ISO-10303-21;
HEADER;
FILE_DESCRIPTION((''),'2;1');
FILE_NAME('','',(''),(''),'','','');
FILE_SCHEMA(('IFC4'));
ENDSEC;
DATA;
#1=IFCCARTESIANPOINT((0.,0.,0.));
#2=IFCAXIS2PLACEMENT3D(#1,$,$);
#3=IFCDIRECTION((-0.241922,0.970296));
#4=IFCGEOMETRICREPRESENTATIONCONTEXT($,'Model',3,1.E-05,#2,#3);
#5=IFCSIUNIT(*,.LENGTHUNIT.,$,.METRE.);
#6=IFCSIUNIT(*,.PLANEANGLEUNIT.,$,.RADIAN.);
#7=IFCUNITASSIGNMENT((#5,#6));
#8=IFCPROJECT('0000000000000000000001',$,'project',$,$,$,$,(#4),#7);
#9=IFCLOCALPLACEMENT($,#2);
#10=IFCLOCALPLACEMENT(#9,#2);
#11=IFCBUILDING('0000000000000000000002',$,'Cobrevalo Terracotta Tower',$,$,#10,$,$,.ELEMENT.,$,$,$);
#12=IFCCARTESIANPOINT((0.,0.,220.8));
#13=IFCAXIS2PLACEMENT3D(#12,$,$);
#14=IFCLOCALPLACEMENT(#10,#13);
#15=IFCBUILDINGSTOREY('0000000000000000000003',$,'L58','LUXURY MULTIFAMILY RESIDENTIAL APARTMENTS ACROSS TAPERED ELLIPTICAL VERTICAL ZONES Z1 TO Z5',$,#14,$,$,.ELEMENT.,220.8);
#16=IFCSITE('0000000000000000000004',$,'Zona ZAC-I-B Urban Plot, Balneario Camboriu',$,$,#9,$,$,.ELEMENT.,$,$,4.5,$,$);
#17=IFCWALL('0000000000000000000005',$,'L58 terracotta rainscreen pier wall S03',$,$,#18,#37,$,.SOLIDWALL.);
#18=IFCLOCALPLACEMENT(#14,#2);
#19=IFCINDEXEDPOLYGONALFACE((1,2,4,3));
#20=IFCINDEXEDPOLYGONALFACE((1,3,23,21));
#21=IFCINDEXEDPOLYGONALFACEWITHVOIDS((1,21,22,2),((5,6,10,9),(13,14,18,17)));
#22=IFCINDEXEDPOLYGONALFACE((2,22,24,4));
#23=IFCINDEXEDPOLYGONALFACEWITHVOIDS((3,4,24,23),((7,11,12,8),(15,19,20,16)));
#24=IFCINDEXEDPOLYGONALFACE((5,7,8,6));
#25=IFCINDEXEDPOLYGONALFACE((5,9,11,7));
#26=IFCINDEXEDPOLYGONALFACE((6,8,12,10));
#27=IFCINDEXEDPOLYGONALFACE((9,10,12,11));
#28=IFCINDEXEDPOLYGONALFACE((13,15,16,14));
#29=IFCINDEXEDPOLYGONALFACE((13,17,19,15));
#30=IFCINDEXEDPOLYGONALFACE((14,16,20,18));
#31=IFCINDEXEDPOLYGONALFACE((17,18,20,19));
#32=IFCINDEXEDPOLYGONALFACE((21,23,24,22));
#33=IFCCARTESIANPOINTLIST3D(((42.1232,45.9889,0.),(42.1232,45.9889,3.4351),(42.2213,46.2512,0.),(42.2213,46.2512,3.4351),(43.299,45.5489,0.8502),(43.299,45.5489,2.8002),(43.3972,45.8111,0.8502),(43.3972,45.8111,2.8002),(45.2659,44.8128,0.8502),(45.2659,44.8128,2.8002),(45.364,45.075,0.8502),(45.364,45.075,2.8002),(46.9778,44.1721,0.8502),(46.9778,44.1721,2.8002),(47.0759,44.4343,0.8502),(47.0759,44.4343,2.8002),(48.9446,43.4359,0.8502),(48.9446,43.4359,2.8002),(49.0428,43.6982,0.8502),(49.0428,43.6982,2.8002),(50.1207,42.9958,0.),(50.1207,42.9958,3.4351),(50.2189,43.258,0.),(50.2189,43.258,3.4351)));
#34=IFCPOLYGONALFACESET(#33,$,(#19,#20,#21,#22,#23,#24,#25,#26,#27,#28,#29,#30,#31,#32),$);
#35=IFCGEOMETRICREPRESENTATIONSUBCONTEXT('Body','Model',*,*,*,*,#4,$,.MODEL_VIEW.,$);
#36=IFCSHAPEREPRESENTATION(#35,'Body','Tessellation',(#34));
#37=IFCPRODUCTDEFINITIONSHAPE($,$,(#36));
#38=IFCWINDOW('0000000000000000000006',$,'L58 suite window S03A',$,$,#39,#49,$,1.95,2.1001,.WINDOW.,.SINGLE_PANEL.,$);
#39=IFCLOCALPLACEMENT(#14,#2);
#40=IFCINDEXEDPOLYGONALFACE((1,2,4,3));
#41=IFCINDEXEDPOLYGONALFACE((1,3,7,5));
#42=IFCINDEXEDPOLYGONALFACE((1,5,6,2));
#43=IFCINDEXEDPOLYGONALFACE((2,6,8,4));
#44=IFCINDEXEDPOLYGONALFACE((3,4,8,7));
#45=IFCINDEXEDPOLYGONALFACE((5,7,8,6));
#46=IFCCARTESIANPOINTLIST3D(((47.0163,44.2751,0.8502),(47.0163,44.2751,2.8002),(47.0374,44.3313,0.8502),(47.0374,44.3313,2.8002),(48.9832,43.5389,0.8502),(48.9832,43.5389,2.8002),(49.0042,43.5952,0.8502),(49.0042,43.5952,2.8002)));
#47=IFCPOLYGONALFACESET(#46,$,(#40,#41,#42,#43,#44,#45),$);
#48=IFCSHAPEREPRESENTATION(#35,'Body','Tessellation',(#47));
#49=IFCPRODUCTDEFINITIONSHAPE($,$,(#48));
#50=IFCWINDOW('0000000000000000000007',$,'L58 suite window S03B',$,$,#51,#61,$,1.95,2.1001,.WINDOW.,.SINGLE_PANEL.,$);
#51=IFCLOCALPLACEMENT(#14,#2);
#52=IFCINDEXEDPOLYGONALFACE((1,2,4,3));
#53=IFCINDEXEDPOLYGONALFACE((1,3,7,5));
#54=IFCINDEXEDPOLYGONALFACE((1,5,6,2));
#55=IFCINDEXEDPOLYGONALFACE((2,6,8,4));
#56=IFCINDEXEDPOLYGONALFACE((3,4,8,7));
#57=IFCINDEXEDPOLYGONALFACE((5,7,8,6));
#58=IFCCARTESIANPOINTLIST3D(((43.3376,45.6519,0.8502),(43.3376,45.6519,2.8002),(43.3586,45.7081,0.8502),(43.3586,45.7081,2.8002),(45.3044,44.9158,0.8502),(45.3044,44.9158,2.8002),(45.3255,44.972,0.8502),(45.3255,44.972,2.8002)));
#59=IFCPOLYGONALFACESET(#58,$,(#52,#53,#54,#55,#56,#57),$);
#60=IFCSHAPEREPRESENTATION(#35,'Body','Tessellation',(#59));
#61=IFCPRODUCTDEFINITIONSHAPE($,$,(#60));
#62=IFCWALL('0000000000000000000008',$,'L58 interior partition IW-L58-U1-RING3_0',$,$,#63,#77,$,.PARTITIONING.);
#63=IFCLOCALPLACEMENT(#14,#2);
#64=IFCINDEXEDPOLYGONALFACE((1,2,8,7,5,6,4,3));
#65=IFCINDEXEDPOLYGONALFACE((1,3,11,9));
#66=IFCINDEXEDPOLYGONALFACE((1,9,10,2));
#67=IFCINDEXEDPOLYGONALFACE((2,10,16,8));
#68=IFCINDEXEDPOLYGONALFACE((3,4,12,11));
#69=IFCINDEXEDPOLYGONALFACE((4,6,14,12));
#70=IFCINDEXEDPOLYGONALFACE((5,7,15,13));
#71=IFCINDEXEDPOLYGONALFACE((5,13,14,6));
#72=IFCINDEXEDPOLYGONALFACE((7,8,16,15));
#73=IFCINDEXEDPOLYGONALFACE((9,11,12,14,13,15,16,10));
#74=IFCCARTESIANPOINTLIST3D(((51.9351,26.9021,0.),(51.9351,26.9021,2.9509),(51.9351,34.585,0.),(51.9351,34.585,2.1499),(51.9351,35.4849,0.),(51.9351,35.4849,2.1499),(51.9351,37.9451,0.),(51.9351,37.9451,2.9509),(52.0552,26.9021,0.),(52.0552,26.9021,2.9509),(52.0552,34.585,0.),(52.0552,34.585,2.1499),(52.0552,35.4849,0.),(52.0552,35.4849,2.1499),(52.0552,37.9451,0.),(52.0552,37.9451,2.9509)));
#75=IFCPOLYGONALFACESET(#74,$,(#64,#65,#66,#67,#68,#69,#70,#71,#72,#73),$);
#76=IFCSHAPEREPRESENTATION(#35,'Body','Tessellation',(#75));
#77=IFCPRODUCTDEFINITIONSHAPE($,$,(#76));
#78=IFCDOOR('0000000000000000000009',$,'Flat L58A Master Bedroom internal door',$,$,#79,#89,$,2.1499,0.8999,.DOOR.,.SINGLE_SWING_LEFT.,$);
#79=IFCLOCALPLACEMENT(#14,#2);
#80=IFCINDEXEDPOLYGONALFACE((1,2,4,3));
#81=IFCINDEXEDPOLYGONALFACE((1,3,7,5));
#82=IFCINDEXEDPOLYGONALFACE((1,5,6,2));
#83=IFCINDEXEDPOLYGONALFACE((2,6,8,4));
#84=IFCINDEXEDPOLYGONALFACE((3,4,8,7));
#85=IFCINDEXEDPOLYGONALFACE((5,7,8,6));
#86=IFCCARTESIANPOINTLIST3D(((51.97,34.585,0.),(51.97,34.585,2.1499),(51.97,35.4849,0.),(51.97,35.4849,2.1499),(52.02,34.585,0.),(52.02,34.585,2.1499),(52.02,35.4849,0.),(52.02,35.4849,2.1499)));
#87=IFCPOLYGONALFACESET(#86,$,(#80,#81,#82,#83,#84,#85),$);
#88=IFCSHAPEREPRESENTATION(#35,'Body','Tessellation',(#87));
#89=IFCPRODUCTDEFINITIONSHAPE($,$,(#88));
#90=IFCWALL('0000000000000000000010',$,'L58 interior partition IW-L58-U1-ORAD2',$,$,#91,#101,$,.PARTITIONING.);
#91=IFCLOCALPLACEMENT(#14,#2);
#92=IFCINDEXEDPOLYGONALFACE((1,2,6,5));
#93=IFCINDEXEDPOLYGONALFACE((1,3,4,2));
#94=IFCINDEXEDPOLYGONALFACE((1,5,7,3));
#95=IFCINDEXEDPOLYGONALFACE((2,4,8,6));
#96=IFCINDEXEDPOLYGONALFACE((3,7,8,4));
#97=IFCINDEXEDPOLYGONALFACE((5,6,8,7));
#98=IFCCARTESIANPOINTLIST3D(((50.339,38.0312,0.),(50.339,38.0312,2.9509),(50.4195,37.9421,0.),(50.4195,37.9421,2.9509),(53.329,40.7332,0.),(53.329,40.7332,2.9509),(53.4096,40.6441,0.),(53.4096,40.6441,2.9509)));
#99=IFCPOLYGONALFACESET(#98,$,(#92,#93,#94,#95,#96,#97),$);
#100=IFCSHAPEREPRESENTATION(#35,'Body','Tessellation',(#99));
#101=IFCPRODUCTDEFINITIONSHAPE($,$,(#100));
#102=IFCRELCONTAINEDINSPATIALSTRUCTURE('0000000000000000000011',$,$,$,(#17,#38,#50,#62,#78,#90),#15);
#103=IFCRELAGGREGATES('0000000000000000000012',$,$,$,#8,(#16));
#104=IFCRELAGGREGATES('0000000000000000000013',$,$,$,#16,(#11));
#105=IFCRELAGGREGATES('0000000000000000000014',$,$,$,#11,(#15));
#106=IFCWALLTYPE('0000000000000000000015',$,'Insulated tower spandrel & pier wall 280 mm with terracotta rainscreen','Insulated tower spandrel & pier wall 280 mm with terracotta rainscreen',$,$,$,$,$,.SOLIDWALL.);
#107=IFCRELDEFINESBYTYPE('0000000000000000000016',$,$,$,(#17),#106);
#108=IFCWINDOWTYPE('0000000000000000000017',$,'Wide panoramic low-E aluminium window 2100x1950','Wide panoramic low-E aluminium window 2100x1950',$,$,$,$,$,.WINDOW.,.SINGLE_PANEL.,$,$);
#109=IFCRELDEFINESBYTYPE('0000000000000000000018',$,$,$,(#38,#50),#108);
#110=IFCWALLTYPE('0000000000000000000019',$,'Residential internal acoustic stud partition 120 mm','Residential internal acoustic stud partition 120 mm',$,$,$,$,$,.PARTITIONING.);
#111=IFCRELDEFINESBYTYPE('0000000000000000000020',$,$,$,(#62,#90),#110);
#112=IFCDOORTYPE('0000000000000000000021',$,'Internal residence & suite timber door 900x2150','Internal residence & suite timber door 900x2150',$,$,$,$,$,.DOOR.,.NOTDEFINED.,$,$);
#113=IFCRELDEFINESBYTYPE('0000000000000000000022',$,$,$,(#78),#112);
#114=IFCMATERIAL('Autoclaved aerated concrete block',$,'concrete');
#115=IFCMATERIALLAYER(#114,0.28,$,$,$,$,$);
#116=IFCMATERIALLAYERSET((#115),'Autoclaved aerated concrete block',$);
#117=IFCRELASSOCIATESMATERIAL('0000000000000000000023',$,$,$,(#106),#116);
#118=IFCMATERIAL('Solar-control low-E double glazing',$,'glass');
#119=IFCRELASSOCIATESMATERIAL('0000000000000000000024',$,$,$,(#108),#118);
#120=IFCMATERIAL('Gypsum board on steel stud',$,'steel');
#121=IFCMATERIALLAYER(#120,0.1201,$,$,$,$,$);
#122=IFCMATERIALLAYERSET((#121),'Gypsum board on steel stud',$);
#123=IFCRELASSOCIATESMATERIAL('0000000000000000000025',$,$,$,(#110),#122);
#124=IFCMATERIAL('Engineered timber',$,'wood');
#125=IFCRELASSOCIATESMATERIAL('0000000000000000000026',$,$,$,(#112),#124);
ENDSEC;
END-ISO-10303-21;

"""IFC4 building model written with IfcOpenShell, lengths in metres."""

from ifc_helpers import new_model, si_unit, direction, frame, frame_2d, origin, place, context, subcontext, project, spatial, rectangle, extrude, source, transform, mapped, material, layer, layer_set, type_object, element, fill, save


model = new_model("IFC4")

# Units and contexts
model_context = context("Model", 3, precision=1e-05, world=origin(), true_north=direction((-0.241922, 0.970296)))
body_context = subcontext(model_context, "Body", "Model", "MODEL_VIEW")
ifc_project = project(units=[si_unit("LENGTHUNIT", "METRE"), si_unit("PLANEANGLEUNIT", "RADIAN")], contexts=[model_context])

# Site, building, storey
site_placement = place(None, origin())
site = spatial("IfcSite", under=ifc_project, at=site_placement, Name="Zona ZAC-I-B Urban Plot, Balneario Camboriu", CompositionType="ELEMENT", RefElevation=4.5)
building_placement = place(site_placement, origin())
building = spatial("IfcBuilding", under=site, at=building_placement, Name="Cobrevalo Terracotta Tower", CompositionType="ELEMENT")
storey_placement = place(building_placement, frame((0.0, 0.0, 220.8)))
storey = spatial("IfcBuildingStorey", under=building, at=storey_placement, Name="L58", Description="LUXURY MULTIFAMILY RESIDENTIAL APARTMENTS ACROSS TAPERED ELLIPTICAL VERTICAL ZONES Z1 TO Z5", CompositionType="ELEMENT", Elevation=220.8)

# Shared definitions
ifc_material_1 = material(Name="Solar-control low-E double glazing", Category="glass")

# Wall, openings, windows
ifc_material_2 = material(Name="Autoclaved aerated concrete block", Category="concrete")
ifc_layer_1 = layer(ifc_material_2, 0.28)
ifc_layer_set_1 = layer_set([ifc_layer_1], Name="Autoclaved aerated concrete block")
wall_type_1 = type_object("IfcWallType", Name="Insulated tower spandrel & pier wall 280 mm with terracotta rainscreen", Description="Insulated tower spandrel & pier wall 280 mm with terracotta rainscreen", PredefinedType="SOLIDWALL", material=ifc_layer_set_1)
wall_1_placement = place(storey_placement, frame((50.1697, 43.127, 0.0), z_axis=(0.0, 0.0, 1.0), x_axis=(-0.936557, 0.350516, 0.0)))
wall_1 = element("IfcWall", 1, at=wall_1_placement, inside=storey, type_object=wall_type_1, Name="L58 terracotta rainscreen pier wall S03", PredefinedType="SOLIDWALL", context=body_context, shape_type="SweptSolid", body=[
    extrude(rectangle(XDim=8.5393, YDim=0.28, at=frame_2d((4.2695, 0.0))), origin(), (0.0, 0.0, 1.0), 3.4351),
])
opening_1_placement = place(wall_1_placement, frame((1.2556, 0.0, 0.8501)))
opening_1 = element("IfcOpeningElement", 2, at=opening_1_placement, cuts=wall_1, PredefinedType="OPENING", context=body_context, shape_type="SweptSolid", body=[
    extrude(rectangle(XDim=2.1001, YDim=1.95, at=frame_2d((1.05, 0.9751))), frame((0.0, 0.1499, 0.0), z_axis=(0.0, -1.0, 0.0), x_axis=(1.0, 0.0, 0.0)), (0.0, 0.0, 1.0), 0.3),
])
opening_2_placement = place(wall_1_placement, frame((5.1836, 0.0, 0.8501)))
opening_2 = element("IfcOpeningElement", 3, at=opening_2_placement, cuts=wall_1, PredefinedType="OPENING", context=body_context, shape_type="SweptSolid", body=[
    extrude(rectangle(XDim=2.1001, YDim=1.95, at=frame_2d((1.05, 0.9751))), frame((0.0, 0.1499, 0.0), z_axis=(0.0, -1.0, 0.0), x_axis=(1.0, 0.0, 0.0)), (0.0, 0.0, 1.0), 0.3),
])
window_type = type_object("IfcWindowType", Name="Wide panoramic low-E aluminium window 2100x1950", Description="Wide panoramic low-E aluminium window 2100x1950", PartitioningType="SINGLE_PANEL", PredefinedType="WINDOW", material=ifc_material_1)
shared_shape_1 = source(origin(), body_context, "Body", "SweptSolid", [
    extrude(rectangle(XDim=2.1001, YDim=1.95, at=frame_2d((1.05, 0.9751))), frame((0.0, 0.03, 0.0), z_axis=(0.0, -1.0, 0.0), x_axis=(1.0, 0.0, 0.0)), (0.0, 0.0, 1.0), 0.0601),
])
window_1_placement = place(opening_1_placement, origin())
window_1 = element("IfcWindow", 4, at=window_1_placement, inside=storey, type_object=window_type, Name="L58 suite window S03A", OverallHeight=1.95, OverallWidth=2.1001, PartitioningType="SINGLE_PANEL", PredefinedType="WINDOW", context=body_context, shape_type="MappedRepresentation", body=[
    mapped(shared_shape_1, transform((0.0, 0.0, 0.0), scale=1.0)),
])
fill(opening_1, window_1)
window_2_placement = place(opening_2_placement, origin())
window_2 = element("IfcWindow", 5, at=window_2_placement, inside=storey, type_object=window_type, Name="L58 suite window S03B", OverallHeight=1.95, OverallWidth=2.1001, PartitioningType="SINGLE_PANEL", PredefinedType="WINDOW", context=body_context, shape_type="MappedRepresentation", body=[
    mapped(shared_shape_1, transform((0.0, 0.0, 0.0), scale=1.0)),
])
fill(opening_2, window_2)

# Wall, opening, door
ifc_material_3 = material(Name="Gypsum board on steel stud", Category="steel")
ifc_layer_2 = layer(ifc_material_3, 0.1201)
ifc_layer_set_2 = layer_set([ifc_layer_2], Name="Gypsum board on steel stud")
wall_type_2 = type_object("IfcWallType", Name="Residential internal acoustic stud partition 120 mm", Description="Residential internal acoustic stud partition 120 mm", PredefinedType="PARTITIONING", material=ifc_layer_set_2)
wall_2_placement = place(storey_placement, frame((51.9951, 37.9451, 0.0), z_axis=(0.0, 0.0, 1.0), x_axis=(0.0, -1.0, 0.0)))
wall_2 = element("IfcWall", 6, at=wall_2_placement, inside=storey, type_object=wall_type_2, Name="L58 interior partition IW-L58-U1-RING3_0", PredefinedType="PARTITIONING", context=body_context, shape_type="SweptSolid", body=[
    extrude(rectangle(XDim=11.043, YDim=0.1201, at=frame_2d((5.5215, 0.0))), origin(), (0.0, 0.0, 1.0), 2.9509),
])
opening_3_placement = place(wall_2_placement, frame((2.4602, 0.0, 0.0)))
opening_3 = element("IfcOpeningElement", 7, at=opening_3_placement, cuts=wall_2, PredefinedType="OPENING", context=body_context, shape_type="SweptSolid", body=[
    extrude(rectangle(XDim=0.8999, YDim=2.1499, at=frame_2d((0.45, 1.075))), frame((0.0, 0.0701, 0.0), z_axis=(0.0, -1.0, 0.0), x_axis=(1.0, 0.0, 0.0)), (0.0, 0.0, 1.0), 0.1401),
])
ifc_material_4 = material(Name="Engineered timber", Category="wood")
door_type = type_object("IfcDoorType", Name="Internal residence & suite timber door 900x2150", Description="Internal residence & suite timber door 900x2150", OperationType="NOTDEFINED", PredefinedType="DOOR", material=ifc_material_4)
shared_shape_2 = source(origin(), body_context, "Body", "SweptSolid", [
    extrude(rectangle(XDim=0.8999, YDim=2.1499, at=frame_2d((0.45, 1.075))), frame((0.0, 0.0249, 0.0), z_axis=(0.0, -1.0, 0.0), x_axis=(1.0, 0.0, 0.0)), (0.0, 0.0, 1.0), 0.05),
])
door_placement = place(opening_3_placement, origin())
door = element("IfcDoor", 8, at=door_placement, inside=storey, type_object=door_type, Name="Flat L58A Master Bedroom internal door", OperationType="SINGLE_SWING_LEFT", OverallHeight=2.1499, OverallWidth=0.8999, PredefinedType="DOOR", context=body_context, shape_type="MappedRepresentation", body=[
    mapped(shared_shape_2, transform((0.0, 0.0, 0.0), scale=1.0)),
])
fill(opening_3, door)

# Wall
wall_3_placement = place(storey_placement, frame((50.3792, 37.9866, 0.0), z_axis=(0.0, 0.0, 1.0), x_axis=(0.741946, 0.67046, 0.0)))
element("IfcWall", 9, at=wall_3_placement, inside=storey, type_object=wall_type_2, Name="L58 interior partition IW-L58-U1-ORAD2", PredefinedType="PARTITIONING", context=body_context, shape_type="SweptSolid", body=[
    extrude(rectangle(XDim=4.03, YDim=0.1201, at=frame_2d((2.0151, 0.0))), origin(), (0.0, 0.0, 1.0), 2.9509),
])

save(model, "model.ifc")
